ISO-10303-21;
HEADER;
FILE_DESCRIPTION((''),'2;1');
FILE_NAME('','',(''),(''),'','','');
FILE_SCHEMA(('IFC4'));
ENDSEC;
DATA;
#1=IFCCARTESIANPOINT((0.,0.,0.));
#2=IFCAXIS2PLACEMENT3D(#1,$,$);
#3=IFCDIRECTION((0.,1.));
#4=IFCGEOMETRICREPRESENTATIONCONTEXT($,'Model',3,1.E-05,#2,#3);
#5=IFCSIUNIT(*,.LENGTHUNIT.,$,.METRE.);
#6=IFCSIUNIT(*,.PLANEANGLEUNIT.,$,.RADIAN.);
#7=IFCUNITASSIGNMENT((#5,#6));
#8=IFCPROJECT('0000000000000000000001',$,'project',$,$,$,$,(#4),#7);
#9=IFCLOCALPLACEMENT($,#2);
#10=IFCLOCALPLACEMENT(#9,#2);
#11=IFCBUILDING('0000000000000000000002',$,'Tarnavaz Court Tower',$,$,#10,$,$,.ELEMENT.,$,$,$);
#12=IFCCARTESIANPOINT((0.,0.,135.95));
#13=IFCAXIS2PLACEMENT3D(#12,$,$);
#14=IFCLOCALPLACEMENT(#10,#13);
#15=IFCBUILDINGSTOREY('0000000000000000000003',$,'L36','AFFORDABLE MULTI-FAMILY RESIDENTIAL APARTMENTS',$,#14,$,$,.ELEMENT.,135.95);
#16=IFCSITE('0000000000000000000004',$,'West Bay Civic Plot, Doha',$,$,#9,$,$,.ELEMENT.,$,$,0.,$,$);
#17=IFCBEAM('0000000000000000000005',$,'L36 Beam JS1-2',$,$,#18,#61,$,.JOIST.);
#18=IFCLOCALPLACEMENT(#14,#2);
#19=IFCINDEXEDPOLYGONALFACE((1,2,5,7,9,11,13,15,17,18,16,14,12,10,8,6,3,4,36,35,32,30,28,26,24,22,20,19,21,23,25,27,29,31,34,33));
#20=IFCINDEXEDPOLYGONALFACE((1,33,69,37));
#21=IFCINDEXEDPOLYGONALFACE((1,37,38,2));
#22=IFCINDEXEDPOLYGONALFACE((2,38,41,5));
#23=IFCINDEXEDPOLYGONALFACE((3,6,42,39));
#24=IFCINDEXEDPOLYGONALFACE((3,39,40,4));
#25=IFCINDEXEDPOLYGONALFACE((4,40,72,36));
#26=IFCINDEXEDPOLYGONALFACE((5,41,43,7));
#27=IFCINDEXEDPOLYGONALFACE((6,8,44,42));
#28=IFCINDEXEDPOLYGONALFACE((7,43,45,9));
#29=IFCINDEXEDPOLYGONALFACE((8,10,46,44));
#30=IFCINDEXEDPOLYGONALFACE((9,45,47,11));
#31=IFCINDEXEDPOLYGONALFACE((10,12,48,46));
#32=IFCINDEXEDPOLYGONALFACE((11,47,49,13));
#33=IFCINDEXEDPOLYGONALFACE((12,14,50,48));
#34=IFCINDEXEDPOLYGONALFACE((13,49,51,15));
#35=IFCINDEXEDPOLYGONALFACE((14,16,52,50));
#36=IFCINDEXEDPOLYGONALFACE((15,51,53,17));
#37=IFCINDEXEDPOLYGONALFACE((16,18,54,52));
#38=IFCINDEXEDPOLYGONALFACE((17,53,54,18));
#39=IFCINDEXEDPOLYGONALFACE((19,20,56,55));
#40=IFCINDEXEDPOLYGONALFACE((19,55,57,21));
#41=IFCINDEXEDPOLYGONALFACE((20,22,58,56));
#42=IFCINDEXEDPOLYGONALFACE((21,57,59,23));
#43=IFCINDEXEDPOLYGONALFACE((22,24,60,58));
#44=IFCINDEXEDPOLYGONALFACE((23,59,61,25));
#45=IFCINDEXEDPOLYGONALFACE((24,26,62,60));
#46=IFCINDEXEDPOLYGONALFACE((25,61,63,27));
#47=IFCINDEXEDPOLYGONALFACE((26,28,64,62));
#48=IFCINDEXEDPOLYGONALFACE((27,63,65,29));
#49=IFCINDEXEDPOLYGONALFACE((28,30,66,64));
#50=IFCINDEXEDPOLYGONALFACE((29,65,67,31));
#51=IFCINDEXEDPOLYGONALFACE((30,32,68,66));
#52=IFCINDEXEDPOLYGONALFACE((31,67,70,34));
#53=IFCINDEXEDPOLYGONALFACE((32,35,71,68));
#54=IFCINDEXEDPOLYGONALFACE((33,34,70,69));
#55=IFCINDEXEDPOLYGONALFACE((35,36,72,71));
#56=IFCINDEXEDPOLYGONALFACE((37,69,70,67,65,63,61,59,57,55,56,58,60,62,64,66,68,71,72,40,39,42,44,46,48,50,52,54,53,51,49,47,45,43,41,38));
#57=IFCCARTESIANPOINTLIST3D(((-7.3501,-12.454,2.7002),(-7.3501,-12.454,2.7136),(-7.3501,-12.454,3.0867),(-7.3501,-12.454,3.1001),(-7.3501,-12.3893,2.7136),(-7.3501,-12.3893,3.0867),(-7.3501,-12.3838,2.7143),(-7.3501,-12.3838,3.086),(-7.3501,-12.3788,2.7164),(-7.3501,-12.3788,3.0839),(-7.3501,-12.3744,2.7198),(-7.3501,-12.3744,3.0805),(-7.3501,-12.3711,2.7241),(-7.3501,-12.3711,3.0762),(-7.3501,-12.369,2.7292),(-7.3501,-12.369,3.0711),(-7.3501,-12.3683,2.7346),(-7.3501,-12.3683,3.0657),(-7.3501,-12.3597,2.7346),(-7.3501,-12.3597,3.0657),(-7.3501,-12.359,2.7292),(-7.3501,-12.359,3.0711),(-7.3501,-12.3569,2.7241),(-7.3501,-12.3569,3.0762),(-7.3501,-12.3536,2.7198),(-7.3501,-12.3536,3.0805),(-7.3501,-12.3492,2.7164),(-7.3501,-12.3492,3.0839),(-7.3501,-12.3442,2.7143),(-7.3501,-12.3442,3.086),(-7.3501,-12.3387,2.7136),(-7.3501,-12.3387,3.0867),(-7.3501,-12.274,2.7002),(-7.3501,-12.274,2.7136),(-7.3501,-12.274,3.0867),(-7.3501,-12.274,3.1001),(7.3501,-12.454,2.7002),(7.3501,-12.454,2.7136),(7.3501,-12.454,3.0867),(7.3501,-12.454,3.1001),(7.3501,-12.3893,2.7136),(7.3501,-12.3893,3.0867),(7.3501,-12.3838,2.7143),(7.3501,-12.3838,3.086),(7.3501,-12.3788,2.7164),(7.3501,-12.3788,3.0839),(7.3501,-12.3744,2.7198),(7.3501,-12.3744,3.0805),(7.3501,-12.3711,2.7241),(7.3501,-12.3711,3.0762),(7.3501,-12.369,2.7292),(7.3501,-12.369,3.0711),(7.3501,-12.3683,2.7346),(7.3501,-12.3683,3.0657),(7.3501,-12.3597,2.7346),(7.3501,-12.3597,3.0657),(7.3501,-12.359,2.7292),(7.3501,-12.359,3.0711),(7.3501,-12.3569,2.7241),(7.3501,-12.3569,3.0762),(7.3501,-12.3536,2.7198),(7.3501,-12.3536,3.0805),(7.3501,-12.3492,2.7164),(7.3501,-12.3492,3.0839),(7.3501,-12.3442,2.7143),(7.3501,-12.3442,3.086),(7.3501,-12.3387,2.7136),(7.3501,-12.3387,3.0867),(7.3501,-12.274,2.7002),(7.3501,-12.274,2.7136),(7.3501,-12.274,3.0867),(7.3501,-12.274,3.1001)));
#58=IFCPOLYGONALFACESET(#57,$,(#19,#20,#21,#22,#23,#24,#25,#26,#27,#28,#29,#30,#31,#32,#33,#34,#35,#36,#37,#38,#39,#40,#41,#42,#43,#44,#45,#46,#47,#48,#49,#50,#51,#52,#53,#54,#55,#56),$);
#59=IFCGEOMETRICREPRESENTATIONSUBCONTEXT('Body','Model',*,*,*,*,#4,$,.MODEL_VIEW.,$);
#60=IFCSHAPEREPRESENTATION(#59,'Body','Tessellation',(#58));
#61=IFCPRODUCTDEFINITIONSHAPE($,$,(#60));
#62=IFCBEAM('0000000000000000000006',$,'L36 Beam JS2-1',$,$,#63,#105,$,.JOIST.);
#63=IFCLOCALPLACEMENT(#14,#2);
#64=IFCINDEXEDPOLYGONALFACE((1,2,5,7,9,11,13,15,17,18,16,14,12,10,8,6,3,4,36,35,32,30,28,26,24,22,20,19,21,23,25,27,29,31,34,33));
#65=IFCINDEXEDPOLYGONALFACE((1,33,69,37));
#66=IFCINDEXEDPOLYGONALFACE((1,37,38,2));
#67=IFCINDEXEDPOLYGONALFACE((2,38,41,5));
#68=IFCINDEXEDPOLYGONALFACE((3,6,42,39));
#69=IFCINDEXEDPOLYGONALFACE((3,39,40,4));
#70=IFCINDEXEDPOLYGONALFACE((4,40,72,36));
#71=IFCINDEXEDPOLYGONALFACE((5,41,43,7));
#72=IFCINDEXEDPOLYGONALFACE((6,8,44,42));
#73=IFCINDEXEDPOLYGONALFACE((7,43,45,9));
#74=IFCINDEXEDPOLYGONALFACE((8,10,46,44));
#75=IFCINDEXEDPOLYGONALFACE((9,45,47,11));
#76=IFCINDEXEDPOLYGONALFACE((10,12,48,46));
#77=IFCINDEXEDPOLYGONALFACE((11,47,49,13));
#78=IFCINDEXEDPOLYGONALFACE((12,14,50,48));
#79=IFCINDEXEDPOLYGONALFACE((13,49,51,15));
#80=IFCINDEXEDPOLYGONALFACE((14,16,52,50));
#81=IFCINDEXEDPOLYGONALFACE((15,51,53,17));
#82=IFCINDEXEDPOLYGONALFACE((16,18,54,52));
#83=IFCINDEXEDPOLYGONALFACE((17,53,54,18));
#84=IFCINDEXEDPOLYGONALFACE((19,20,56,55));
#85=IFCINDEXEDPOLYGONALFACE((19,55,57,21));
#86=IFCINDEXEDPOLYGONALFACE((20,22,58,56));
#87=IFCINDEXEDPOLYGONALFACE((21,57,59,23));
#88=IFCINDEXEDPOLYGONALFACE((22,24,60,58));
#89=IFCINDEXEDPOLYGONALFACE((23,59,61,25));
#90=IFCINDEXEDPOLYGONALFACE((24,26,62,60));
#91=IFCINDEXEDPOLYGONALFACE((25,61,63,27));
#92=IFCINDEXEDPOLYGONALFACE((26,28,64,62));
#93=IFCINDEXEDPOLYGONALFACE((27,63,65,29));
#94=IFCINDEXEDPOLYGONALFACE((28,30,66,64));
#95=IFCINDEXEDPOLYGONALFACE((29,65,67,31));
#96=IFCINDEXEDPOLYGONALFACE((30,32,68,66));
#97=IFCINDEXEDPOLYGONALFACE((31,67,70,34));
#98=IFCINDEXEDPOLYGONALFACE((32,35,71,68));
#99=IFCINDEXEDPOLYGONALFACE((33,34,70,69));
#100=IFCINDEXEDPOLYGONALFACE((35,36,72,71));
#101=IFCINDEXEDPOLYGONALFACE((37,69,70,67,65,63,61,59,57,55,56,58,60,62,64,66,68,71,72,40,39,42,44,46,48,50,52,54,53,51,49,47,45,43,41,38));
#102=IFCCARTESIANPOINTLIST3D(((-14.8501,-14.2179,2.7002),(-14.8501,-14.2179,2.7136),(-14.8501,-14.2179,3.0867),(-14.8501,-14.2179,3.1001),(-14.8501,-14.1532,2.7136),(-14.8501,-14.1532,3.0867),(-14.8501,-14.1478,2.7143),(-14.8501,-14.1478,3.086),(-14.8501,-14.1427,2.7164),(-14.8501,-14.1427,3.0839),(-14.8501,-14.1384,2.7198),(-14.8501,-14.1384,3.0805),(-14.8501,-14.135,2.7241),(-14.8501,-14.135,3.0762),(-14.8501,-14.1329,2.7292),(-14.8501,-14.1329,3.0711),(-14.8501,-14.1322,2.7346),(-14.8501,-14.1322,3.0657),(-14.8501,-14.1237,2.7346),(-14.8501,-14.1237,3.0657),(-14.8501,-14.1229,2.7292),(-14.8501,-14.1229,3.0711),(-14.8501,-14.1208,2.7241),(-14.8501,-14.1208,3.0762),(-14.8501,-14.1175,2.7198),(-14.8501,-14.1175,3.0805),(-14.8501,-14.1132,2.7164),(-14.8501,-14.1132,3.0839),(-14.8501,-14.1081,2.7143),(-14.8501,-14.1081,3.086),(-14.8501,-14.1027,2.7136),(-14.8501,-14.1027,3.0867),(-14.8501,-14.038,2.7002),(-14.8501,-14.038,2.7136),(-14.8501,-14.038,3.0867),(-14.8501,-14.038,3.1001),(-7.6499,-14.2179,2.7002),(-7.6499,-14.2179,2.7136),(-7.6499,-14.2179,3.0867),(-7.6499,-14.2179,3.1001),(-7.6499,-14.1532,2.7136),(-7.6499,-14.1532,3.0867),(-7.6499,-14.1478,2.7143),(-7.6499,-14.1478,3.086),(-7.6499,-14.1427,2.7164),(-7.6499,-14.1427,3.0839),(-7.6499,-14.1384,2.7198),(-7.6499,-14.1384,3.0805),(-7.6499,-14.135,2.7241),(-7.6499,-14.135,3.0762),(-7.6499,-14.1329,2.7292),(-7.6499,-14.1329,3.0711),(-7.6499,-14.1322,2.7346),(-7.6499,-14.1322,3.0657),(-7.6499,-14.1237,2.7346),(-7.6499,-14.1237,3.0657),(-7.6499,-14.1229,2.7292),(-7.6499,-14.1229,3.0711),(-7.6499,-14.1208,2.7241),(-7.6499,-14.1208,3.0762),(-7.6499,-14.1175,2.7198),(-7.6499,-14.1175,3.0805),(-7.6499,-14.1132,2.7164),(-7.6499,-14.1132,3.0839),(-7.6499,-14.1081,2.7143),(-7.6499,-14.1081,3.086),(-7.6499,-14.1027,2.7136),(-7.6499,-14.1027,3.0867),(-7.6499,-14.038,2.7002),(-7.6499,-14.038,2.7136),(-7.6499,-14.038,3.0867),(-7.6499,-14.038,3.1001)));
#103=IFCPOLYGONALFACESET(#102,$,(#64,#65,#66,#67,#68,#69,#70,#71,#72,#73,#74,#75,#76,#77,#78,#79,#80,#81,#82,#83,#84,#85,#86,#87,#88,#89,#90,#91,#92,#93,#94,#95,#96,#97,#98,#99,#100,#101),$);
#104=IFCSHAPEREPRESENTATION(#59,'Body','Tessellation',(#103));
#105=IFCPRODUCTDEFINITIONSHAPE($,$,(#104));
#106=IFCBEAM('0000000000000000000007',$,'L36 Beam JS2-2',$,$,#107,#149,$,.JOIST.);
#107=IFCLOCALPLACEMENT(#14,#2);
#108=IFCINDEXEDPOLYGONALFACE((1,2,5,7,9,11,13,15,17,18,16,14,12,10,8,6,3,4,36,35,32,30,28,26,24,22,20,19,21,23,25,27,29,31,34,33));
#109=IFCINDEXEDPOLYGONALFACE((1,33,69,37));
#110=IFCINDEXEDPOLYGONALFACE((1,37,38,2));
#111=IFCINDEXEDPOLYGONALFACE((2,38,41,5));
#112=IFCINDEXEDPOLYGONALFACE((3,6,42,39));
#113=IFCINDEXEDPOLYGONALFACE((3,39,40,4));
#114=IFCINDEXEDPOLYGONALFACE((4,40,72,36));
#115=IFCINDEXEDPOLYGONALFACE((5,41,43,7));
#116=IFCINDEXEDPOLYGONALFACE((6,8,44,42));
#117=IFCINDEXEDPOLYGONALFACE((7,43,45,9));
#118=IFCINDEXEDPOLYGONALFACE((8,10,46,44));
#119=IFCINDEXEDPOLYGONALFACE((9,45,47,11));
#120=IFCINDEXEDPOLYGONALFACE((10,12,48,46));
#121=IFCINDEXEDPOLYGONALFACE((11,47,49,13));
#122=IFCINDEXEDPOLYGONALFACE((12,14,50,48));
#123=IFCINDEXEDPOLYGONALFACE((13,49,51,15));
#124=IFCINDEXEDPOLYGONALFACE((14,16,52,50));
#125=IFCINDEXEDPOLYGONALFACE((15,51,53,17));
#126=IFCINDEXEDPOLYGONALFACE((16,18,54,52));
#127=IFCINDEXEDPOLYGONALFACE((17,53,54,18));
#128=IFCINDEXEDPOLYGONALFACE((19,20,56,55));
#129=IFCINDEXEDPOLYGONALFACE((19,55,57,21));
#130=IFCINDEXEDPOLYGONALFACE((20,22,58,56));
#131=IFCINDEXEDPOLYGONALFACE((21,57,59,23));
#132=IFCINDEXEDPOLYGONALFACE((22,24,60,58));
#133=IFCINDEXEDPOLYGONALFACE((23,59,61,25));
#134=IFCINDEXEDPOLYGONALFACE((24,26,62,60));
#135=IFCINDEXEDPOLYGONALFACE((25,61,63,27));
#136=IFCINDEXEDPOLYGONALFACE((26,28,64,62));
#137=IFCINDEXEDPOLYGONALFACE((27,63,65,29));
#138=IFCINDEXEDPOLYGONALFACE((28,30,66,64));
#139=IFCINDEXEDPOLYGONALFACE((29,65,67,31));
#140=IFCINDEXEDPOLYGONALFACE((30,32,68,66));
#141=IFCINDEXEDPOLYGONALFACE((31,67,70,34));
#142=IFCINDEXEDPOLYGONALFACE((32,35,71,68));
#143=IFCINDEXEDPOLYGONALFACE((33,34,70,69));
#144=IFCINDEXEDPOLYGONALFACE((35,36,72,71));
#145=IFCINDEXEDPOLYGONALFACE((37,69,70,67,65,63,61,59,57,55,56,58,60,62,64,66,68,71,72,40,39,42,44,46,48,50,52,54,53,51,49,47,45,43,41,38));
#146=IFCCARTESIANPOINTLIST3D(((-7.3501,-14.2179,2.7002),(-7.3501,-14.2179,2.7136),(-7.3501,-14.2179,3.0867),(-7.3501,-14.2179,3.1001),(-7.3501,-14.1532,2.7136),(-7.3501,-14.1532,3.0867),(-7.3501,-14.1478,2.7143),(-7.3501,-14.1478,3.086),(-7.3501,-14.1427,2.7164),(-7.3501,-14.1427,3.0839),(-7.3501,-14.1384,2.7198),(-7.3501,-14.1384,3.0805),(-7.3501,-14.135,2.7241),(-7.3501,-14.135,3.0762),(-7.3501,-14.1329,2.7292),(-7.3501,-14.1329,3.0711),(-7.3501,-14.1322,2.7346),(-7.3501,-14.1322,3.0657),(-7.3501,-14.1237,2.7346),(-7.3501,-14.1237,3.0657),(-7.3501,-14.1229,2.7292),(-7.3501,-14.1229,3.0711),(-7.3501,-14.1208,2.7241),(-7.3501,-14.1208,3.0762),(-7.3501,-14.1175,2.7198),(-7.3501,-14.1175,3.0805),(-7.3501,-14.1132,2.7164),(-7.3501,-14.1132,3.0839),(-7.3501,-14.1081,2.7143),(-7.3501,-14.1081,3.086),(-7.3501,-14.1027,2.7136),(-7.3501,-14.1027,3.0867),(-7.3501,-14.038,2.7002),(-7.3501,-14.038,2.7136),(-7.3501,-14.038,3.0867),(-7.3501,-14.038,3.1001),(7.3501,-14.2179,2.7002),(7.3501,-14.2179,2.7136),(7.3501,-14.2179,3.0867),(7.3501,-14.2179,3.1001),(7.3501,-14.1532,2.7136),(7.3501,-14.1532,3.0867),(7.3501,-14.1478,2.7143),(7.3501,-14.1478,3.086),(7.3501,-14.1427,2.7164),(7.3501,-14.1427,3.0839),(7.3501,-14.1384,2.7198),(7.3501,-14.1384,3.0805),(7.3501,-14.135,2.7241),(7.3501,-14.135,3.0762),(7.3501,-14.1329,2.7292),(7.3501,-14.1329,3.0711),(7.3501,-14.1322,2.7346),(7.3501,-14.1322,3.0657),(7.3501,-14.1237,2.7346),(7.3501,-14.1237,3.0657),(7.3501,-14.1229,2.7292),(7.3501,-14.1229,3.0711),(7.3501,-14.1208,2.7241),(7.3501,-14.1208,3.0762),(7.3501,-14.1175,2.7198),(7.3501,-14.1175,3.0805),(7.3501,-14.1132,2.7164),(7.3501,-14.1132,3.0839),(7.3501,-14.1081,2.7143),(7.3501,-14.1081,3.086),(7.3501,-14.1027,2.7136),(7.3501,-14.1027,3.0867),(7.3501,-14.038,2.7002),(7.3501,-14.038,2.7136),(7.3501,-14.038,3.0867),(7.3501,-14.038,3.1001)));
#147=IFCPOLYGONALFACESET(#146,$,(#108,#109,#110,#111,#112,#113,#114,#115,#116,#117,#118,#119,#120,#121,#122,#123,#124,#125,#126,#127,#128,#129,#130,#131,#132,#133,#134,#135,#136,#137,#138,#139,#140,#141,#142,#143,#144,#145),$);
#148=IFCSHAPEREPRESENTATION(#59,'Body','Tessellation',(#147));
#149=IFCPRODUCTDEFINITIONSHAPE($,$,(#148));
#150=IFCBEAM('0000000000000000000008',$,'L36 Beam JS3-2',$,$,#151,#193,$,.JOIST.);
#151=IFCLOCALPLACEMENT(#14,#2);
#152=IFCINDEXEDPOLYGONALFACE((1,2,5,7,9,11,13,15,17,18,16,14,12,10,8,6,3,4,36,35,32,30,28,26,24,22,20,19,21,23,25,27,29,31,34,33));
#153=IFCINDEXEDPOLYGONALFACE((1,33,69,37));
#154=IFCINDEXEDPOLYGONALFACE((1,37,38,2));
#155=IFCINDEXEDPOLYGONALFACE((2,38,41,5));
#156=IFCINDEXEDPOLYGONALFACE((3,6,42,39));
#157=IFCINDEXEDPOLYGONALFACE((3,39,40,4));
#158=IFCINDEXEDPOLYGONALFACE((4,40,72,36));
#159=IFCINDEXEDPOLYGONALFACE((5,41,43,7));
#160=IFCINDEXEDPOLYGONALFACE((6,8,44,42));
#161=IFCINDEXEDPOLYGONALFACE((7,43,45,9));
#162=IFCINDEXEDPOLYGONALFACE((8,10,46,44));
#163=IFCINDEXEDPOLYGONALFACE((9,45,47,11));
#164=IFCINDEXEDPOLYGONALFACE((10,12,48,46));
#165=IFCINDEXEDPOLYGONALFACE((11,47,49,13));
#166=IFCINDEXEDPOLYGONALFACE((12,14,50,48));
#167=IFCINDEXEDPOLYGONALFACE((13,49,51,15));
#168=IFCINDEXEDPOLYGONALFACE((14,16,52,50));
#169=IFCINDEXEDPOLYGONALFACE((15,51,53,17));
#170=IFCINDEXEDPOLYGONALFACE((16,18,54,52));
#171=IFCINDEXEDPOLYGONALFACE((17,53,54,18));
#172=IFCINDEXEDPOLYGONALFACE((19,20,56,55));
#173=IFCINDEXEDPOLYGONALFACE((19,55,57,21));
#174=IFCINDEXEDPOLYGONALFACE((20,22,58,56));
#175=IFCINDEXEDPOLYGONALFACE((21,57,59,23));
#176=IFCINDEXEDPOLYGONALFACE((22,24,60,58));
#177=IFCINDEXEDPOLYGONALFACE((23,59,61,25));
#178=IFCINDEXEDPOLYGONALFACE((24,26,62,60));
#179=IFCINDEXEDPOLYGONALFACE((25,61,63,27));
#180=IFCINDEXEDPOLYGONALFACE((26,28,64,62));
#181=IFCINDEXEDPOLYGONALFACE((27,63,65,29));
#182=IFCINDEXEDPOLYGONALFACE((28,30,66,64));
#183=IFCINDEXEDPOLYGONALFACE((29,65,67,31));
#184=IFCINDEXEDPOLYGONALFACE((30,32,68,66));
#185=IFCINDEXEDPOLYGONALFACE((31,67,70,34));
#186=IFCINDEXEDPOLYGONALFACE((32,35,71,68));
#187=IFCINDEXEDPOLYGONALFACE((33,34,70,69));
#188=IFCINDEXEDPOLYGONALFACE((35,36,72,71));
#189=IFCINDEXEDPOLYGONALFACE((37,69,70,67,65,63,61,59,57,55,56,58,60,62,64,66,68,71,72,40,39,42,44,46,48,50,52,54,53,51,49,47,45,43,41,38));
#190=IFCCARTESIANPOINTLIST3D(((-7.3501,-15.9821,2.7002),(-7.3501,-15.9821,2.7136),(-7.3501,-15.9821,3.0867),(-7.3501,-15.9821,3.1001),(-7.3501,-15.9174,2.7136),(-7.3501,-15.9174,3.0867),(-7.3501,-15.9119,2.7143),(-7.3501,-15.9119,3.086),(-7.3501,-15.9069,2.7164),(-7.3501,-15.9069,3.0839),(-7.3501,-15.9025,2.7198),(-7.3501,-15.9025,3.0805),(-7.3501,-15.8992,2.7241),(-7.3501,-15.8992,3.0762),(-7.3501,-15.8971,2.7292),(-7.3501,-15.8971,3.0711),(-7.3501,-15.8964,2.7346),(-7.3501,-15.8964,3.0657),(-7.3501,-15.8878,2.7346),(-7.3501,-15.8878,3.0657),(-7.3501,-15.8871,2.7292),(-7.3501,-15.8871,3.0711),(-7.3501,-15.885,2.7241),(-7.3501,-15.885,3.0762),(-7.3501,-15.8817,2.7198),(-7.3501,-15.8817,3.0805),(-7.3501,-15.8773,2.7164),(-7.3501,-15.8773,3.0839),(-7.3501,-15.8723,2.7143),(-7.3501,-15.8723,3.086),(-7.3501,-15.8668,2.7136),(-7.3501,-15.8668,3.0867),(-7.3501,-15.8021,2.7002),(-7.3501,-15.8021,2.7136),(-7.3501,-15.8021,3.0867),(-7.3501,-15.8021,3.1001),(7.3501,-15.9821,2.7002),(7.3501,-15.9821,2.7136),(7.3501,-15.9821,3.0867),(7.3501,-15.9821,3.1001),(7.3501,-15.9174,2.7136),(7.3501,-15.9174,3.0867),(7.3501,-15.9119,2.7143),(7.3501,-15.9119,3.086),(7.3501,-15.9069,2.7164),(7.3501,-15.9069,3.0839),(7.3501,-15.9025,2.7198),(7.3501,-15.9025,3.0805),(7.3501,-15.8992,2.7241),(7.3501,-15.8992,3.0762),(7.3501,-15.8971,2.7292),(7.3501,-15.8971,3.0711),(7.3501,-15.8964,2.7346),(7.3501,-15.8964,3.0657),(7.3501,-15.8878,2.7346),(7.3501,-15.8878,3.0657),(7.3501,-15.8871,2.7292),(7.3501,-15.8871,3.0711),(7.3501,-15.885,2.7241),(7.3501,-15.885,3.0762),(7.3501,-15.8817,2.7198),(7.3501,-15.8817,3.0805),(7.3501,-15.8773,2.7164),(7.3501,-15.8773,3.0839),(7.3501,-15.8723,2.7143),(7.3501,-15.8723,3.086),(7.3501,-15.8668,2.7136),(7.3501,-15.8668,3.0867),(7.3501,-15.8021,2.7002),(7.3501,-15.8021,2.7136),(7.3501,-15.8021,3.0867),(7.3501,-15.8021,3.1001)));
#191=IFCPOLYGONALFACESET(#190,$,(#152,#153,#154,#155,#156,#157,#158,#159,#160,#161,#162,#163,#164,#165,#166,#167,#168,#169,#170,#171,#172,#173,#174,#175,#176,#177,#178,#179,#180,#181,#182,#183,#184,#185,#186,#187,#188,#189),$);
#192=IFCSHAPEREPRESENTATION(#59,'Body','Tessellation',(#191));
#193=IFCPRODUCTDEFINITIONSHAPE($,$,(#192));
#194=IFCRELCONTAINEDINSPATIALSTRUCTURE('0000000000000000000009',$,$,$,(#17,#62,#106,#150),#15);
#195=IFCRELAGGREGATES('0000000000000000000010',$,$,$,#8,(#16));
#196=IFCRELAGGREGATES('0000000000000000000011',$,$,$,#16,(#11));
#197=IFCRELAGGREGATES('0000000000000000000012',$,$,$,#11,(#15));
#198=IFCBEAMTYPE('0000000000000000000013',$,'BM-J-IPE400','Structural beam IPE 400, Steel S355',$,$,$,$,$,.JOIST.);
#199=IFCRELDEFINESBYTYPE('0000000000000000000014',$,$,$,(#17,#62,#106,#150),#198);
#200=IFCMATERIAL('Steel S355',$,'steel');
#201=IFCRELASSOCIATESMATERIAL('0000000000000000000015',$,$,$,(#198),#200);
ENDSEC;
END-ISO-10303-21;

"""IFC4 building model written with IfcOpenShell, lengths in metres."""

from ifc_helpers import new_model, si_unit, direction, frame, origin, origin_2d, place, context, subcontext, project, spatial, i_section, extrude, material, material_profile, profile_set, type_object, element, save


model = new_model("IFC4")

# Units and contexts
model_context = context("Model", 3, precision=1e-05, world=origin(), true_north=direction((0.0, 1.0)))
body_context = subcontext(model_context, "Body", "Model", "MODEL_VIEW")
ifc_project = project(units=[si_unit("LENGTHUNIT", "METRE"), si_unit("PLANEANGLEUNIT", "RADIAN")], contexts=[model_context])

# Site, building, storey
site_placement = place(None, origin())
site = spatial("IfcSite", under=ifc_project, at=site_placement, Name="West Bay Civic Plot, Doha", CompositionType="ELEMENT", RefElevation=0.0)
building_placement = place(site_placement, origin())
building = spatial("IfcBuilding", under=site, at=building_placement, Name="Tarnavaz Court Tower", CompositionType="ELEMENT")
storey_placement = place(building_placement, frame((0.0, 0.0, 135.95)))
storey = spatial("IfcBuildingStorey", under=building, at=storey_placement, Name="L36", Description="AFFORDABLE MULTI-FAMILY RESIDENTIAL APARTMENTS", CompositionType="ELEMENT", Elevation=135.95)

# Beams
ifc_material_1 = material(Name="Steel S355", Category="steel")
ifc_material_profile_1 = material_profile(ifc_material_1, i_section(OverallWidth=0.1799, OverallDepth=0.3999, WebThickness=0.0085, FlangeThickness=0.0134, FilletRadius=0.021, at=origin_2d()), Name="IPE 400")
ifc_profile_set_1 = profile_set([ifc_material_profile_1], Name="Steel S355")
beam_type_1 = type_object("IfcBeamType", Name="BM-J-IPE400", Description="Structural beam IPE 400, Steel S355", PredefinedType="JOIST", material=ifc_profile_set_1)
beam_1_placement = place(storey_placement, frame((-7.3501, -12.364, 2.9001), z_axis=(1.0, 0.0, 0.0), x_axis=(0.0, 1.0, 0.0)))
element("IfcBeam", 1, at=beam_1_placement, inside=storey, type_object=beam_type_1, Name="L36 Beam JS1-2", PredefinedType="JOIST", context=body_context, shape_type="SweptSolid", body=[
    extrude(i_section(OverallWidth=0.1799, OverallDepth=0.3999, WebThickness=0.0085, FlangeThickness=0.0134, FilletRadius=0.021, at=origin_2d()), origin(), (0.0, 0.0, 1.0), 14.7002),
])
beam_2_placement = place(storey_placement, frame((-14.8501, -14.1279, 2.9001), z_axis=(1.0, 0.0, 0.0), x_axis=(0.0, 1.0, 0.0)))
element("IfcBeam", 2, at=beam_2_placement, inside=storey, type_object=beam_type_1, Name="L36 Beam JS2-1", PredefinedType="JOIST", context=body_context, shape_type="SweptSolid", body=[
    extrude(i_section(OverallWidth=0.1799, OverallDepth=0.3999, WebThickness=0.0085, FlangeThickness=0.0134, FilletRadius=0.021, at=origin_2d()), origin(), (0.0, 0.0, 1.0), 7.2002),
])
for number, where, z_axis, x_axis, name in (
    (3, (-7.3501, -14.1279, 2.9001), (1.0, 0.0, 0.0), (0.0, 1.0, 0.0), "L36 Beam JS2-2"),
    (4, (-7.3501, -15.8921, 2.9001), (1.0, 0.0, 0.0), (0.0, 1.0, 0.0), "L36 Beam JS3-2"),
):
    element("IfcBeam", number, at=place(storey_placement, frame(where, z_axis=z_axis, x_axis=x_axis)), inside=storey, type_object=beam_type_1, Name=name, PredefinedType="JOIST", context=body_context, shape_type="SweptSolid", body=[
        extrude(i_section(OverallWidth=0.1799, OverallDepth=0.3999, WebThickness=0.0085, FlangeThickness=0.0134, FilletRadius=0.021, at=origin_2d()), origin(), (0.0, 0.0, 1.0), 14.7002),
    ])

save(model, "model.ifc")
